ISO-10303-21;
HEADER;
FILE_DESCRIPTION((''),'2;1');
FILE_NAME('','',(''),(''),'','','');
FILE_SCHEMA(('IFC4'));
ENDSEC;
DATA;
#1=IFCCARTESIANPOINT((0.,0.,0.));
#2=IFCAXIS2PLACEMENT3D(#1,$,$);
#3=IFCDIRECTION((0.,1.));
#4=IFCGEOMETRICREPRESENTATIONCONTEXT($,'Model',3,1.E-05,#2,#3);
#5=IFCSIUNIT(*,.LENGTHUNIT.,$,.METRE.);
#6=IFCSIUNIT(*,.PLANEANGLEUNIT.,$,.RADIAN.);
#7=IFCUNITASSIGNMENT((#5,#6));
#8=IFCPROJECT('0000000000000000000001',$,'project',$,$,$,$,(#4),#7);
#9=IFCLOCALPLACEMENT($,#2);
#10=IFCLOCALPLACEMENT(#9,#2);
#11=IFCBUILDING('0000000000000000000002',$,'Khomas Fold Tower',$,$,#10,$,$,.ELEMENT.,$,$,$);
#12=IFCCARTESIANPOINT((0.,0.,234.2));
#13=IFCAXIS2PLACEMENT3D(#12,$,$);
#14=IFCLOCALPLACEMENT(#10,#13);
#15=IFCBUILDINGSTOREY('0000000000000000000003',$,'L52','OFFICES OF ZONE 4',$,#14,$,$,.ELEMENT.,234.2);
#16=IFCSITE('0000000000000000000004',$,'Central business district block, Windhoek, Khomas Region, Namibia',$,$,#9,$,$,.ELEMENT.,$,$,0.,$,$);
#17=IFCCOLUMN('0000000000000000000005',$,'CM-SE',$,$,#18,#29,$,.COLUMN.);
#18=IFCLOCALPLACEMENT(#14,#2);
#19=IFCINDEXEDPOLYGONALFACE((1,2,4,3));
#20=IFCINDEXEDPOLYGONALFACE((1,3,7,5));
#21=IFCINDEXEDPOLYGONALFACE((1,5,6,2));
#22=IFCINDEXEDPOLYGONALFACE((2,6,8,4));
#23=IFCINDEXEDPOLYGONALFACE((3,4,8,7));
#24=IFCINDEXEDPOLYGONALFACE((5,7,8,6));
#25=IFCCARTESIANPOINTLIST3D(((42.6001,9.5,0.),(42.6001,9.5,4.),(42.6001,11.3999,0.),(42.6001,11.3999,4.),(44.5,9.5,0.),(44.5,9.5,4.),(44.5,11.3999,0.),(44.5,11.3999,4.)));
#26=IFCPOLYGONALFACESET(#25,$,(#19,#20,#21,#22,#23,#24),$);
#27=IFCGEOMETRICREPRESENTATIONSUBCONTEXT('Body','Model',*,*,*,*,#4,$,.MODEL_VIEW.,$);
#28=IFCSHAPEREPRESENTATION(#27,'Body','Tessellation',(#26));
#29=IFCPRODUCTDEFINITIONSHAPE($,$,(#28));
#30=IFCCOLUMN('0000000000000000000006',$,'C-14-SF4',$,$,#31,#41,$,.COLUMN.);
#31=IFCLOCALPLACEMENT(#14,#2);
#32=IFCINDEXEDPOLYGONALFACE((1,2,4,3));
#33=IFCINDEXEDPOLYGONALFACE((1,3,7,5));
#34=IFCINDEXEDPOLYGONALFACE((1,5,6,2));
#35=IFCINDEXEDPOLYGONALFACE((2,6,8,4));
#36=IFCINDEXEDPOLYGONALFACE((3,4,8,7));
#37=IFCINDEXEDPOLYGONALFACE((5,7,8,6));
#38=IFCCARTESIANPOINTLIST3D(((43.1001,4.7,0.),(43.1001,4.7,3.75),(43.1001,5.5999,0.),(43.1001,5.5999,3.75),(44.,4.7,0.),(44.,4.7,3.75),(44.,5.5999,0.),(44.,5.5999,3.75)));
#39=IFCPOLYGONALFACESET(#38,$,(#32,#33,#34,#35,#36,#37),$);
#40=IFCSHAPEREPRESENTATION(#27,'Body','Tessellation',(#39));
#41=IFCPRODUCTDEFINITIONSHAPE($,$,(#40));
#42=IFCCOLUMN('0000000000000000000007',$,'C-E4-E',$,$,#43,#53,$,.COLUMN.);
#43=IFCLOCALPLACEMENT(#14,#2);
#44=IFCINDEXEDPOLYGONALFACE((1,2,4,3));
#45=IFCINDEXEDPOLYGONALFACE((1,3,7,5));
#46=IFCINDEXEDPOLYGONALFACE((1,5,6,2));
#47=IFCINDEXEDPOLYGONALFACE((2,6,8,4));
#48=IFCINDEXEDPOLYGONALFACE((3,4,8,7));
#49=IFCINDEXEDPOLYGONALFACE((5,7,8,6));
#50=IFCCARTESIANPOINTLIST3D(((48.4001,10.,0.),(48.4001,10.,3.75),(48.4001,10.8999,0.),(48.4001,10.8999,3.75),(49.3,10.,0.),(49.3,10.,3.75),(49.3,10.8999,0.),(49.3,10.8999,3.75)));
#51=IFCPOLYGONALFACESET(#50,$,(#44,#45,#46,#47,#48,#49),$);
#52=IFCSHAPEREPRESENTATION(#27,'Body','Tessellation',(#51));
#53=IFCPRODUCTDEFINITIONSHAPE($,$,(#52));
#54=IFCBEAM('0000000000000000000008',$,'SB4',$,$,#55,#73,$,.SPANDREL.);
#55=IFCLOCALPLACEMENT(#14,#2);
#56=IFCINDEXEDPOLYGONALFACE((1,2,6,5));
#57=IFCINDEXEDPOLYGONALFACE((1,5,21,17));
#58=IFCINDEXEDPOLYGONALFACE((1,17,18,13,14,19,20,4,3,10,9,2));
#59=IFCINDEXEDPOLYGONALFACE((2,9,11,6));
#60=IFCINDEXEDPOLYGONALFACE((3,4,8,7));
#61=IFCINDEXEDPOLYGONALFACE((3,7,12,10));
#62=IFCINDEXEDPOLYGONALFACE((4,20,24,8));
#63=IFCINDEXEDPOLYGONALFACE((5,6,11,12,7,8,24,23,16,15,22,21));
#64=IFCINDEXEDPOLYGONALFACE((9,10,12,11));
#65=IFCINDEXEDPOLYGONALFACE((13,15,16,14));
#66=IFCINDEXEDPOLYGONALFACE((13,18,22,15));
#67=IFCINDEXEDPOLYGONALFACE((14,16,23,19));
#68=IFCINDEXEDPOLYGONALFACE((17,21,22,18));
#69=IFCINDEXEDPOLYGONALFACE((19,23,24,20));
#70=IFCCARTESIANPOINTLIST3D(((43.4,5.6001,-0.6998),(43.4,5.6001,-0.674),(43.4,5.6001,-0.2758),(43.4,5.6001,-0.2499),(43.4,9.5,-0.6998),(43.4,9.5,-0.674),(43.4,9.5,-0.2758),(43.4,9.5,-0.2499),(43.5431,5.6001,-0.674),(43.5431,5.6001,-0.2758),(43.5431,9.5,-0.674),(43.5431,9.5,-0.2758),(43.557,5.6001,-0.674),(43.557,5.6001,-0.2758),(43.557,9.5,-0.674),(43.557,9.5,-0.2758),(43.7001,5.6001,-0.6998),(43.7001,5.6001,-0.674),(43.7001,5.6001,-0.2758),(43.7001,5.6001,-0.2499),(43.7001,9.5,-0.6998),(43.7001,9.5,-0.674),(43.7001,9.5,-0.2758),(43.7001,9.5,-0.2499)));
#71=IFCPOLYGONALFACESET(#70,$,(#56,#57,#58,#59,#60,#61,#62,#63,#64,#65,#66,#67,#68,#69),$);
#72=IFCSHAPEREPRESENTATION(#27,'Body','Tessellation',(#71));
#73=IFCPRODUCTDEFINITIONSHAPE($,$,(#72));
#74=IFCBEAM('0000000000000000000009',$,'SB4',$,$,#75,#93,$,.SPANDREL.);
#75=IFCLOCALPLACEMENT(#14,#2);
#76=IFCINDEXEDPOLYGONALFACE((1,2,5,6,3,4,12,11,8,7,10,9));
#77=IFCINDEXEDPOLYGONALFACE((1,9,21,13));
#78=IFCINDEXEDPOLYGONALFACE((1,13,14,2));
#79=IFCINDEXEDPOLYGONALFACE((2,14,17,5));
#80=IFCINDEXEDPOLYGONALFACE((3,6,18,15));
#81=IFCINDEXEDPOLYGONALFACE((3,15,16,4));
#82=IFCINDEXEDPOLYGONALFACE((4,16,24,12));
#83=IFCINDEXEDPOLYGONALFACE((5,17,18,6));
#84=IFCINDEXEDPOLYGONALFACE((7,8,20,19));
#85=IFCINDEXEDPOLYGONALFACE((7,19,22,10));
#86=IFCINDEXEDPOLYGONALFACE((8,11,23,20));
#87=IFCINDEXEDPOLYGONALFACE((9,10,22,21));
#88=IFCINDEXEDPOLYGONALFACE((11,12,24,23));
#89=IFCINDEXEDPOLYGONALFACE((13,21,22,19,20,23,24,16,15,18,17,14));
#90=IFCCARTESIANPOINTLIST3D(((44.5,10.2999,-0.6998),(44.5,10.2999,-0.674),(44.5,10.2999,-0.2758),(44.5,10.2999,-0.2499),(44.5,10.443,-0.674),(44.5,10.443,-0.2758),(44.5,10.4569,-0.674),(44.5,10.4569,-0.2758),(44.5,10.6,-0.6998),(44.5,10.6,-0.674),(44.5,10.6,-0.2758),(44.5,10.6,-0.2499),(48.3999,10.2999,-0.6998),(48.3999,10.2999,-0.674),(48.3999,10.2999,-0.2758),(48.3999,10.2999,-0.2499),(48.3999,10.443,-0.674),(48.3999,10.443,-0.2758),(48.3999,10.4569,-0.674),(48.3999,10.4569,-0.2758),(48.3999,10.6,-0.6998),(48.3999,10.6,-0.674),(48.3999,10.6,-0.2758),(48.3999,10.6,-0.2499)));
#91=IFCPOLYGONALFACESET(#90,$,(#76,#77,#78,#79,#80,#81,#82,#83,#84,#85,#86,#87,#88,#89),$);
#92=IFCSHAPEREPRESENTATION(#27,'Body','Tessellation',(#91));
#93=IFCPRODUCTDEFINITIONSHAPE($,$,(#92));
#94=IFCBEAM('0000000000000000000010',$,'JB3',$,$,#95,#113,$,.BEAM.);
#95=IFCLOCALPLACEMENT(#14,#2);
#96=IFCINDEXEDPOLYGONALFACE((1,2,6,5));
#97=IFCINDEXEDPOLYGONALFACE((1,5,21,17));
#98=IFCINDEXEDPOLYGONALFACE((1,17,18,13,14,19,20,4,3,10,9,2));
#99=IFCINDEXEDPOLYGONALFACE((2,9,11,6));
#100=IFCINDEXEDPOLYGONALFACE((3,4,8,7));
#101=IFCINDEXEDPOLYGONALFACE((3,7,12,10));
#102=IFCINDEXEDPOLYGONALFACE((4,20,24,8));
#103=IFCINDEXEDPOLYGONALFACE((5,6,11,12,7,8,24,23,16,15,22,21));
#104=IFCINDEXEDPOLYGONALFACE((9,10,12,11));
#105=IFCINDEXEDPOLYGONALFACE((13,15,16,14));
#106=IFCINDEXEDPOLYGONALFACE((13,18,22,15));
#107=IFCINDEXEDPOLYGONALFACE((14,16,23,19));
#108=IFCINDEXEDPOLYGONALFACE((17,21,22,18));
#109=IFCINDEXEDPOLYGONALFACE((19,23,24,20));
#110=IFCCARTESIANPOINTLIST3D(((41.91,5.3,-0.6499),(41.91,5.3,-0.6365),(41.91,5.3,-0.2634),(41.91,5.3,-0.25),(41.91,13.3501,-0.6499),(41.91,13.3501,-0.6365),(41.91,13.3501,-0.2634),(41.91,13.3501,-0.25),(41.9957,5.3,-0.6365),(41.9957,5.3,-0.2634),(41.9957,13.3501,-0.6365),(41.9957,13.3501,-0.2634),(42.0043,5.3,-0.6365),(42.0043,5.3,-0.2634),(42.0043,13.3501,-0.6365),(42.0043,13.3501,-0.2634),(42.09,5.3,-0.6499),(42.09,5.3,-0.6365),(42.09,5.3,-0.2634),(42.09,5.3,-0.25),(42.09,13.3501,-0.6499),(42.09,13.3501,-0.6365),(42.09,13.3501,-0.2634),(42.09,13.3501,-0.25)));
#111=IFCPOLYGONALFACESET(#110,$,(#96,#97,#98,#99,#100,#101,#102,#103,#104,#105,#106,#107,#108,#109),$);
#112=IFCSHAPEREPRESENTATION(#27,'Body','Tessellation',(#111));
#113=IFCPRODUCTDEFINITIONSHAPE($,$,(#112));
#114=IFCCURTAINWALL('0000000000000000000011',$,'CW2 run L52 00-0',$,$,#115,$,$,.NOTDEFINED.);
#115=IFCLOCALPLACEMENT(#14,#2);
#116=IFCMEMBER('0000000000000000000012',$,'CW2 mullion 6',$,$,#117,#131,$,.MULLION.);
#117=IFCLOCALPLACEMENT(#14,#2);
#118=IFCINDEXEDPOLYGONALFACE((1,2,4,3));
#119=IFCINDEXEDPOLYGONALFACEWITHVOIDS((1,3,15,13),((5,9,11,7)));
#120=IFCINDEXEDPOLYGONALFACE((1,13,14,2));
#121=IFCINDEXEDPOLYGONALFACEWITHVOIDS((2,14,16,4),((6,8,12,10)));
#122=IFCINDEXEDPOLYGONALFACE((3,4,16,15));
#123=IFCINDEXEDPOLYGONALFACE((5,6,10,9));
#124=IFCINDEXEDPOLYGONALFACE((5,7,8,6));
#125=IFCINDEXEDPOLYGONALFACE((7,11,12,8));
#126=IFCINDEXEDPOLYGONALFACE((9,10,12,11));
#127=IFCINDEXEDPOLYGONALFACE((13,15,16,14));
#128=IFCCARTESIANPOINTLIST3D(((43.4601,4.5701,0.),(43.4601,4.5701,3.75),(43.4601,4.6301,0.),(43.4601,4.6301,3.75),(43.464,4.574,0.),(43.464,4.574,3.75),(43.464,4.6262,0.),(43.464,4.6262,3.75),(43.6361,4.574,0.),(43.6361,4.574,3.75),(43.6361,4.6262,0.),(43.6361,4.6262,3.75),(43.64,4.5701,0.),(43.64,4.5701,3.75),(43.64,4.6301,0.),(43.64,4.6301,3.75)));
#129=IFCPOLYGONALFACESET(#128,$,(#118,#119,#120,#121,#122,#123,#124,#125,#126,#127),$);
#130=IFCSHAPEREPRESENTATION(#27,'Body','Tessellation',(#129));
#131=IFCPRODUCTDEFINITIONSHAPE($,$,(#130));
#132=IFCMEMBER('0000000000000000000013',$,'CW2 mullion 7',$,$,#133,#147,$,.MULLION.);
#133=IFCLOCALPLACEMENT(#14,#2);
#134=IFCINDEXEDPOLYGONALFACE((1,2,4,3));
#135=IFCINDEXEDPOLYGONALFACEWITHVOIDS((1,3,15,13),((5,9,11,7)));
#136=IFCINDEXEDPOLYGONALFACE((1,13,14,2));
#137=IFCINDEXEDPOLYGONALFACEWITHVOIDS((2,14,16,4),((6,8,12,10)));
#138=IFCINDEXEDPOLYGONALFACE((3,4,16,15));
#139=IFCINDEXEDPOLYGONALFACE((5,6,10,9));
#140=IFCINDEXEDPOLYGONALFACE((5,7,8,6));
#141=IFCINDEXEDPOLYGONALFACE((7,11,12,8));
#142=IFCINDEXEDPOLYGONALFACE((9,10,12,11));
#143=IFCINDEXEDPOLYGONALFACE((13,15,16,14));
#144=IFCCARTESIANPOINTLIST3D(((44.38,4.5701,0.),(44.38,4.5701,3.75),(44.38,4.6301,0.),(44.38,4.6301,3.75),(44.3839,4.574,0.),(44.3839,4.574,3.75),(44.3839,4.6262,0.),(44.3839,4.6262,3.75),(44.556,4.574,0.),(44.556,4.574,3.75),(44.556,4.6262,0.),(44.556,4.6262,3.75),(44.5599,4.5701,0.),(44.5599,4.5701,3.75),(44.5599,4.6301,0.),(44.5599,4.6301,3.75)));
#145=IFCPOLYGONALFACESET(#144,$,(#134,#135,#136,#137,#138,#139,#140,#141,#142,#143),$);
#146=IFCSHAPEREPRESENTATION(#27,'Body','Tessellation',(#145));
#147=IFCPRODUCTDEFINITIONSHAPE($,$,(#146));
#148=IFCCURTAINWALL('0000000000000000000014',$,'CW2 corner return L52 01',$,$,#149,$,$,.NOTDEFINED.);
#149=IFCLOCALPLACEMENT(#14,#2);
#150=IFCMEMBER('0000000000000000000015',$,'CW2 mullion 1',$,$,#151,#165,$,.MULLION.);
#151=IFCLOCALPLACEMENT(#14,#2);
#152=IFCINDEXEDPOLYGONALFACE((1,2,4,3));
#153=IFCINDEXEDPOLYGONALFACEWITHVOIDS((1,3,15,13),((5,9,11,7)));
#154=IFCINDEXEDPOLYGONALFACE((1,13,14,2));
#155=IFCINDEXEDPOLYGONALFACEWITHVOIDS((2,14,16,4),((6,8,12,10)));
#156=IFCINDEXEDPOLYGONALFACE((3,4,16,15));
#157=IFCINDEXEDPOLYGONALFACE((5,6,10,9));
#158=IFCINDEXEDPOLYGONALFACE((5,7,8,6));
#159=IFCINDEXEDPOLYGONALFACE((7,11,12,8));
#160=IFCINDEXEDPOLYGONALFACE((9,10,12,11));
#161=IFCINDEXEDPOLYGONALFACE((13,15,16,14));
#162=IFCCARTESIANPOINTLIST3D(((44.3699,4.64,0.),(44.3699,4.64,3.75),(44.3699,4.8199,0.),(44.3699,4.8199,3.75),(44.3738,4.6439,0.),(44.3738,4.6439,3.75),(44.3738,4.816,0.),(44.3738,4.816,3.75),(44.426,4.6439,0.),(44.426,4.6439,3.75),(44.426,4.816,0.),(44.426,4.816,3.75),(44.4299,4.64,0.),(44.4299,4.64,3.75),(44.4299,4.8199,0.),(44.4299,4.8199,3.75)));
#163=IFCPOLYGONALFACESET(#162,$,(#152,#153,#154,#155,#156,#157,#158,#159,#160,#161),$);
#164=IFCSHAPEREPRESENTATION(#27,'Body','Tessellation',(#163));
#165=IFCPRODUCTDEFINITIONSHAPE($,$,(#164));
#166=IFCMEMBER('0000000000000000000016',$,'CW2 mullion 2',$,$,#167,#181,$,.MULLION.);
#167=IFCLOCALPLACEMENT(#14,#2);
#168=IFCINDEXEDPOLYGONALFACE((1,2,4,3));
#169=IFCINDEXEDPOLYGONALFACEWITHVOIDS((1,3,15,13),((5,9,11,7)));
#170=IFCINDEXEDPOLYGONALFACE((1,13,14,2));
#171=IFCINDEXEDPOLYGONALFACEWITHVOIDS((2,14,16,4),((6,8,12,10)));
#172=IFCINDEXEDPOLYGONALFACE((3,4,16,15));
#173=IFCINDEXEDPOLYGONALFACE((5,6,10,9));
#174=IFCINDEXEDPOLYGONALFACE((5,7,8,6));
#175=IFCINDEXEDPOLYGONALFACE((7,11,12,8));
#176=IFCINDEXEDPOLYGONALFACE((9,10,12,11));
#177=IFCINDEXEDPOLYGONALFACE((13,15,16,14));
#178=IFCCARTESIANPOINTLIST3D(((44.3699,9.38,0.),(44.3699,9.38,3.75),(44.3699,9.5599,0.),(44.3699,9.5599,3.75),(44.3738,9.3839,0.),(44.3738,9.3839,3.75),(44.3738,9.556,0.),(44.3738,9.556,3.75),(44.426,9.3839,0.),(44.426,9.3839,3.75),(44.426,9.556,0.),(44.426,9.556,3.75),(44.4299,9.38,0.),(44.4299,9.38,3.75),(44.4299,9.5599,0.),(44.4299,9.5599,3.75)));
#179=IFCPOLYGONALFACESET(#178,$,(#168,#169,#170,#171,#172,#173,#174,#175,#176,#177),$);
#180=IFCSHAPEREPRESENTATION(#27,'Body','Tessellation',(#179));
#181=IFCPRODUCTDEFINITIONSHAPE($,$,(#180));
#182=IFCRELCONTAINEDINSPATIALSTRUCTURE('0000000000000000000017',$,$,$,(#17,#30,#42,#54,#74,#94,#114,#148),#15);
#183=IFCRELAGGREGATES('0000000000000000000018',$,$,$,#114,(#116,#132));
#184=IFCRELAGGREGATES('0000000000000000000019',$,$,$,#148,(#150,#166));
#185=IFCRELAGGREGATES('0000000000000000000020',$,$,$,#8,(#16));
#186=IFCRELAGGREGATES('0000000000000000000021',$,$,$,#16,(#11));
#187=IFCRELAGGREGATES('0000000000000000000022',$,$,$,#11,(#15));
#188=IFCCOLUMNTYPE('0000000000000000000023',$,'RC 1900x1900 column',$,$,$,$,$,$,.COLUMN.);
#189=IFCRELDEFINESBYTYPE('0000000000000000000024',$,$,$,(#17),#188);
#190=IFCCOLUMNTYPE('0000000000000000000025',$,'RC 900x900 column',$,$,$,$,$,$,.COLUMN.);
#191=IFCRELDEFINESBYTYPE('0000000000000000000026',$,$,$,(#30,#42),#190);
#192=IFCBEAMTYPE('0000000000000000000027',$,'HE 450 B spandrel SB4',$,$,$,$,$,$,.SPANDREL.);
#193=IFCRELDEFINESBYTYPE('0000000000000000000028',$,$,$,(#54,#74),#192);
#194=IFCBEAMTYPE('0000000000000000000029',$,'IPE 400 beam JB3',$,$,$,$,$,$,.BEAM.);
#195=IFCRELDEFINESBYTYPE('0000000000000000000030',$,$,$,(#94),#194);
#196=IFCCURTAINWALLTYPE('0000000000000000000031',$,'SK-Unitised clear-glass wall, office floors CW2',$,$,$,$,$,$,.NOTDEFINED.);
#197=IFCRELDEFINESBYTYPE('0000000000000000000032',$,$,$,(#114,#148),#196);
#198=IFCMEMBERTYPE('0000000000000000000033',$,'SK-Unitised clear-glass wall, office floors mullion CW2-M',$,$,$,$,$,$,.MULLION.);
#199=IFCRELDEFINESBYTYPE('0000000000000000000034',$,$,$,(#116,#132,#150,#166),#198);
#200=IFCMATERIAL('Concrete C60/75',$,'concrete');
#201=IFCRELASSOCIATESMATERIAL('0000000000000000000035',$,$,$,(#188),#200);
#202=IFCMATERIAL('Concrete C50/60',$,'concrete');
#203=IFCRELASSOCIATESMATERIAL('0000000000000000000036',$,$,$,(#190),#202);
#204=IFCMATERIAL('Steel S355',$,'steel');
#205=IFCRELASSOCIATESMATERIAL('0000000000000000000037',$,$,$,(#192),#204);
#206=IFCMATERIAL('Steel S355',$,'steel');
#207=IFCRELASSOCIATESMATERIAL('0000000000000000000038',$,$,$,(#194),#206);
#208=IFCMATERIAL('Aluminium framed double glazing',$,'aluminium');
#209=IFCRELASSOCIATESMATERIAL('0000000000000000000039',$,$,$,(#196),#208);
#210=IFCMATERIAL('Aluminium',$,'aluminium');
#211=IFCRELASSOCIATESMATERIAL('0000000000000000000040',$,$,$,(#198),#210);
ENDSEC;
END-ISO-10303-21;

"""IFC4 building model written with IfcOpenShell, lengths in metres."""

from ifc_helpers import new_model, si_unit, direction, frame, origin, origin_2d, place, context, subcontext, project, spatial, rectangle, hollow_rectangle, i_section, extrude, source, transform, mapped, material, material_profile, profile_set, type_object, element, aggregate, save


model = new_model("IFC4")

# Units and contexts
model_context = context("Model", 3, precision=1e-05, world=origin(), true_north=direction((0.0, 1.0)))
body_context = subcontext(model_context, "Body", "Model", "MODEL_VIEW")
ifc_project = project(units=[si_unit("LENGTHUNIT", "METRE"), si_unit("PLANEANGLEUNIT", "RADIAN")], contexts=[model_context])

# Site, building, storey
site_placement = place(None, origin())
site = spatial("IfcSite", under=ifc_project, at=site_placement, Name="Central business district block, Windhoek, Khomas Region, Namibia", CompositionType="ELEMENT", RefElevation=0.0)
building_placement = place(site_placement, origin())
building = spatial("IfcBuilding", under=site, at=building_placement, Name="Khomas Fold Tower", CompositionType="ELEMENT")
storey_placement = place(building_placement, frame((0.0, 0.0, 234.2)))
storey = spatial("IfcBuildingStorey", under=building, at=storey_placement, Name="L52", Description="OFFICES OF ZONE 4", CompositionType="ELEMENT", Elevation=234.2)

# Columns
ifc_material_1 = material(Name="Concrete C60/75", Category="concrete")
ifc_material_profile_1 = material_profile(ifc_material_1, rectangle(XDim=1.8999, YDim=1.8999, at=origin_2d()), Name="RC 1900x1900")
ifc_profile_set_1 = profile_set([ifc_material_profile_1], Name="Concrete C60/75")
column_type_1 = type_object("IfcColumnType", Name="RC 1900x1900 column", PredefinedType="COLUMN", material=ifc_profile_set_1)
shared_shape_1 = source(origin(), body_context, "Body", "SweptSolid", [
    extrude(rectangle(XDim=1.8999, YDim=1.8999, at=origin_2d()), origin(), (0.0, 0.0, 1.0), 4.0),
])
column_placement = place(storey_placement, frame((43.55, 10.45, 0.0), z_axis=(0.0, 0.0, 1.0), x_axis=(1.0, 0.0, 0.0)))
element("IfcColumn", 1, at=column_placement, inside=storey, type_object=column_type_1, Name="CM-SE", PredefinedType="COLUMN", context=body_context, shape_type="MappedRepresentation", body=[
    mapped(shared_shape_1, transform((0.0, 0.0, 0.0))),
])
ifc_material_2 = material(Name="Concrete C50/60", Category="concrete")
ifc_material_profile_2 = material_profile(ifc_material_2, rectangle(XDim=0.8999, YDim=0.8999, at=origin_2d()), Name="RC 900x900")
ifc_profile_set_2 = profile_set([ifc_material_profile_2], Name="Concrete C50/60")
column_type_2 = type_object("IfcColumnType", Name="RC 900x900 column", PredefinedType="COLUMN", material=ifc_profile_set_2)
shared_shape_2 = source(origin(), body_context, "Body", "SweptSolid", [
    extrude(rectangle(XDim=0.8999, YDim=0.8999, at=origin_2d()), origin(), (0.0, 0.0, 1.0), 3.75),
])
for number, where, z_axis, x_axis, name in (
    (2, (43.55, 5.1499, 0.0), (0.0, 0.0, 1.0), (1.0, 0.0, 0.0), "C-14-SF4"),
    (3, (48.8501, 10.45, 0.0), (0.0, 0.0, 1.0), (1.0, 0.0, 0.0), "C-E4-E"),
):
    element("IfcColumn", number, at=place(storey_placement, frame(where, z_axis=z_axis, x_axis=x_axis)), inside=storey, type_object=column_type_2, Name=name, PredefinedType="COLUMN", context=body_context, shape_type="MappedRepresentation", body=[
        mapped(shared_shape_2, transform((0.0, 0.0, 0.0))),
    ])

# Beams
ifc_material_3 = material(Name="Steel S355", Category="steel")
ifc_material_profile_3 = material_profile(ifc_material_3, i_section(OverallWidth=0.3, OverallDepth=0.45, WebThickness=0.0139, FlangeThickness=0.0259, at=origin_2d()), Name="HE 450 B")
ifc_profile_set_3 = profile_set([ifc_material_profile_3], Name="Steel S355")
beam_type_1 = type_object("IfcBeamType", Name="HE 450 B spandrel SB4", PredefinedType="SPANDREL", material=ifc_profile_set_3)
shared_shape_3 = source(origin(), body_context, "Body", "SweptSolid", [
    extrude(i_section(OverallWidth=0.3, OverallDepth=0.45, WebThickness=0.0139, FlangeThickness=0.0259, at=origin_2d()), origin(), (0.0, 0.0, 1.0), 3.8999),
])
for number, where, z_axis, x_axis, name in (
    (4, (43.55, 5.6001, -0.4749), (0.0, 1.0, 0.0), (-1.0, 0.0, 0.0), "SB4"),
    (5, (44.5, 10.45, -0.4749), (1.0, 0.0, 0.0), (0.0, 1.0, 0.0), "SB4"),
):
    element("IfcBeam", number, at=place(storey_placement, frame(where, z_axis=z_axis, x_axis=x_axis)), inside=storey, type_object=beam_type_1, Name=name, PredefinedType="SPANDREL", context=body_context, shape_type="MappedRepresentation", body=[
        mapped(shared_shape_3, transform((0.0, 0.0, 0.0))),
    ])
ifc_material_4 = material(Name="Steel S355", Category="steel")
ifc_material_profile_4 = material_profile(ifc_material_4, i_section(OverallWidth=0.1799, OverallDepth=0.3999, WebThickness=0.0085, FlangeThickness=0.0134, at=origin_2d()), Name="IPE 400")
ifc_profile_set_4 = profile_set([ifc_material_profile_4], Name="Steel S355")
beam_type_2 = type_object("IfcBeamType", Name="IPE 400 beam JB3", PredefinedType="BEAM", material=ifc_profile_set_4)
shared_shape_4 = source(origin(), body_context, "Body", "SweptSolid", [
    extrude(i_section(OverallWidth=0.1799, OverallDepth=0.3999, WebThickness=0.0085, FlangeThickness=0.0134, at=origin_2d()), origin(), (0.0, 0.0, 1.0), 8.05),
])
beam_placement = place(storey_placement, frame((42.0, 5.3, -0.45), z_axis=(0.0, 1.0, 0.0), x_axis=(-1.0, 0.0, 0.0)))
element("IfcBeam", 6, at=beam_placement, inside=storey, type_object=beam_type_2, Name="JB3", PredefinedType="BEAM", context=body_context, shape_type="MappedRepresentation", body=[
    mapped(shared_shape_4, transform((0.0, 0.0, 0.0))),
])

# Curtain walls, members
ifc_material_5 = material(Name="Aluminium framed double glazing", Category="aluminium")
curtain_wall_type = type_object("IfcCurtainWallType", Name="SK-Unitised clear-glass wall, office floors CW2", PredefinedType="NOTDEFINED", material=ifc_material_5)
curtain_wall_1_placement = place(storey_placement, origin())
curtain_wall_1 = element("IfcCurtainWall", 7, at=curtain_wall_1_placement, inside=storey, type_object=curtain_wall_type, Name="CW2 run L52 00-0", PredefinedType="NOTDEFINED")
ifc_material_6 = material(Name="Aluminium", Category="aluminium")
ifc_material_profile_5 = material_profile(ifc_material_6, hollow_rectangle(XDim=0.0601, YDim=0.1799, WallThickness=0.0039, at=origin_2d()), Name="SK-Unitised clear-glass wall, office floors mullion CW2-M")
ifc_profile_set_5 = profile_set([ifc_material_profile_5], Name="Aluminium")
member_type_1 = type_object("IfcMemberType", Name="SK-Unitised clear-glass wall, office floors mullion CW2-M", PredefinedType="MULLION", material=ifc_profile_set_5)
shared_shape_5 = source(origin(), body_context, "Body", "SweptSolid", [
    extrude(hollow_rectangle(XDim=0.0601, YDim=0.1799, WallThickness=0.0039, at=origin_2d()), origin(), (0.0, 0.0, 1.0), 3.75),
])
member_1_placement = place(storey_placement, frame((43.55, 4.6001, 0.0), z_axis=(0.0, 0.0, 1.0), x_axis=(0.0, 1.0, 0.0)))
member_1 = element("IfcMember", 8, at=member_1_placement, type_object=member_type_1, Name="CW2 mullion 6", PredefinedType="MULLION", context=body_context, shape_type="MappedRepresentation", body=[
    mapped(shared_shape_5, transform((0.0, 0.0, 0.0))),
])
member_2_placement = place(storey_placement, frame((44.47, 4.6001, 0.0), z_axis=(0.0, 0.0, 1.0), x_axis=(0.0, 1.0, 0.0)))
member_2 = element("IfcMember", 9, at=member_2_placement, type_object=member_type_1, Name="CW2 mullion 7", PredefinedType="MULLION", context=body_context, shape_type="MappedRepresentation", body=[
    mapped(shared_shape_5, transform((0.0, 0.0, 0.0))),
])
curtain_wall_2_placement = place(storey_placement, origin())
curtain_wall_2 = element("IfcCurtainWall", 10, at=curtain_wall_2_placement, inside=storey, type_object=curtain_wall_type, Name="CW2 corner return L52 01", PredefinedType="NOTDEFINED")
member_3_placement = place(storey_placement, frame((44.3999, 4.73, 0.0), z_axis=(0.0, 0.0, 1.0), x_axis=(-1.0, 0.0, 0.0)))
member_3 = element("IfcMember", 11, at=member_3_placement, type_object=member_type_1, Name="CW2 mullion 1", PredefinedType="MULLION", context=body_context, shape_type="MappedRepresentation", body=[
    mapped(shared_shape_5, transform((0.0, 0.0, 0.0))),
])
member_4_placement = place(storey_placement, frame((44.3999, 9.47, 0.0), z_axis=(0.0, 0.0, 1.0), x_axis=(-1.0, 0.0, 0.0)))
member_4 = element("IfcMember", 12, at=member_4_placement, type_object=member_type_1, Name="CW2 mullion 2", PredefinedType="MULLION", context=body_context, shape_type="MappedRepresentation", body=[
    mapped(shared_shape_5, transform((0.0, 0.0, 0.0))),
])

aggregate(curtain_wall_1, [member_1, member_2])
aggregate(curtain_wall_2, [member_3, member_4])

save(model, "model.ifc")
